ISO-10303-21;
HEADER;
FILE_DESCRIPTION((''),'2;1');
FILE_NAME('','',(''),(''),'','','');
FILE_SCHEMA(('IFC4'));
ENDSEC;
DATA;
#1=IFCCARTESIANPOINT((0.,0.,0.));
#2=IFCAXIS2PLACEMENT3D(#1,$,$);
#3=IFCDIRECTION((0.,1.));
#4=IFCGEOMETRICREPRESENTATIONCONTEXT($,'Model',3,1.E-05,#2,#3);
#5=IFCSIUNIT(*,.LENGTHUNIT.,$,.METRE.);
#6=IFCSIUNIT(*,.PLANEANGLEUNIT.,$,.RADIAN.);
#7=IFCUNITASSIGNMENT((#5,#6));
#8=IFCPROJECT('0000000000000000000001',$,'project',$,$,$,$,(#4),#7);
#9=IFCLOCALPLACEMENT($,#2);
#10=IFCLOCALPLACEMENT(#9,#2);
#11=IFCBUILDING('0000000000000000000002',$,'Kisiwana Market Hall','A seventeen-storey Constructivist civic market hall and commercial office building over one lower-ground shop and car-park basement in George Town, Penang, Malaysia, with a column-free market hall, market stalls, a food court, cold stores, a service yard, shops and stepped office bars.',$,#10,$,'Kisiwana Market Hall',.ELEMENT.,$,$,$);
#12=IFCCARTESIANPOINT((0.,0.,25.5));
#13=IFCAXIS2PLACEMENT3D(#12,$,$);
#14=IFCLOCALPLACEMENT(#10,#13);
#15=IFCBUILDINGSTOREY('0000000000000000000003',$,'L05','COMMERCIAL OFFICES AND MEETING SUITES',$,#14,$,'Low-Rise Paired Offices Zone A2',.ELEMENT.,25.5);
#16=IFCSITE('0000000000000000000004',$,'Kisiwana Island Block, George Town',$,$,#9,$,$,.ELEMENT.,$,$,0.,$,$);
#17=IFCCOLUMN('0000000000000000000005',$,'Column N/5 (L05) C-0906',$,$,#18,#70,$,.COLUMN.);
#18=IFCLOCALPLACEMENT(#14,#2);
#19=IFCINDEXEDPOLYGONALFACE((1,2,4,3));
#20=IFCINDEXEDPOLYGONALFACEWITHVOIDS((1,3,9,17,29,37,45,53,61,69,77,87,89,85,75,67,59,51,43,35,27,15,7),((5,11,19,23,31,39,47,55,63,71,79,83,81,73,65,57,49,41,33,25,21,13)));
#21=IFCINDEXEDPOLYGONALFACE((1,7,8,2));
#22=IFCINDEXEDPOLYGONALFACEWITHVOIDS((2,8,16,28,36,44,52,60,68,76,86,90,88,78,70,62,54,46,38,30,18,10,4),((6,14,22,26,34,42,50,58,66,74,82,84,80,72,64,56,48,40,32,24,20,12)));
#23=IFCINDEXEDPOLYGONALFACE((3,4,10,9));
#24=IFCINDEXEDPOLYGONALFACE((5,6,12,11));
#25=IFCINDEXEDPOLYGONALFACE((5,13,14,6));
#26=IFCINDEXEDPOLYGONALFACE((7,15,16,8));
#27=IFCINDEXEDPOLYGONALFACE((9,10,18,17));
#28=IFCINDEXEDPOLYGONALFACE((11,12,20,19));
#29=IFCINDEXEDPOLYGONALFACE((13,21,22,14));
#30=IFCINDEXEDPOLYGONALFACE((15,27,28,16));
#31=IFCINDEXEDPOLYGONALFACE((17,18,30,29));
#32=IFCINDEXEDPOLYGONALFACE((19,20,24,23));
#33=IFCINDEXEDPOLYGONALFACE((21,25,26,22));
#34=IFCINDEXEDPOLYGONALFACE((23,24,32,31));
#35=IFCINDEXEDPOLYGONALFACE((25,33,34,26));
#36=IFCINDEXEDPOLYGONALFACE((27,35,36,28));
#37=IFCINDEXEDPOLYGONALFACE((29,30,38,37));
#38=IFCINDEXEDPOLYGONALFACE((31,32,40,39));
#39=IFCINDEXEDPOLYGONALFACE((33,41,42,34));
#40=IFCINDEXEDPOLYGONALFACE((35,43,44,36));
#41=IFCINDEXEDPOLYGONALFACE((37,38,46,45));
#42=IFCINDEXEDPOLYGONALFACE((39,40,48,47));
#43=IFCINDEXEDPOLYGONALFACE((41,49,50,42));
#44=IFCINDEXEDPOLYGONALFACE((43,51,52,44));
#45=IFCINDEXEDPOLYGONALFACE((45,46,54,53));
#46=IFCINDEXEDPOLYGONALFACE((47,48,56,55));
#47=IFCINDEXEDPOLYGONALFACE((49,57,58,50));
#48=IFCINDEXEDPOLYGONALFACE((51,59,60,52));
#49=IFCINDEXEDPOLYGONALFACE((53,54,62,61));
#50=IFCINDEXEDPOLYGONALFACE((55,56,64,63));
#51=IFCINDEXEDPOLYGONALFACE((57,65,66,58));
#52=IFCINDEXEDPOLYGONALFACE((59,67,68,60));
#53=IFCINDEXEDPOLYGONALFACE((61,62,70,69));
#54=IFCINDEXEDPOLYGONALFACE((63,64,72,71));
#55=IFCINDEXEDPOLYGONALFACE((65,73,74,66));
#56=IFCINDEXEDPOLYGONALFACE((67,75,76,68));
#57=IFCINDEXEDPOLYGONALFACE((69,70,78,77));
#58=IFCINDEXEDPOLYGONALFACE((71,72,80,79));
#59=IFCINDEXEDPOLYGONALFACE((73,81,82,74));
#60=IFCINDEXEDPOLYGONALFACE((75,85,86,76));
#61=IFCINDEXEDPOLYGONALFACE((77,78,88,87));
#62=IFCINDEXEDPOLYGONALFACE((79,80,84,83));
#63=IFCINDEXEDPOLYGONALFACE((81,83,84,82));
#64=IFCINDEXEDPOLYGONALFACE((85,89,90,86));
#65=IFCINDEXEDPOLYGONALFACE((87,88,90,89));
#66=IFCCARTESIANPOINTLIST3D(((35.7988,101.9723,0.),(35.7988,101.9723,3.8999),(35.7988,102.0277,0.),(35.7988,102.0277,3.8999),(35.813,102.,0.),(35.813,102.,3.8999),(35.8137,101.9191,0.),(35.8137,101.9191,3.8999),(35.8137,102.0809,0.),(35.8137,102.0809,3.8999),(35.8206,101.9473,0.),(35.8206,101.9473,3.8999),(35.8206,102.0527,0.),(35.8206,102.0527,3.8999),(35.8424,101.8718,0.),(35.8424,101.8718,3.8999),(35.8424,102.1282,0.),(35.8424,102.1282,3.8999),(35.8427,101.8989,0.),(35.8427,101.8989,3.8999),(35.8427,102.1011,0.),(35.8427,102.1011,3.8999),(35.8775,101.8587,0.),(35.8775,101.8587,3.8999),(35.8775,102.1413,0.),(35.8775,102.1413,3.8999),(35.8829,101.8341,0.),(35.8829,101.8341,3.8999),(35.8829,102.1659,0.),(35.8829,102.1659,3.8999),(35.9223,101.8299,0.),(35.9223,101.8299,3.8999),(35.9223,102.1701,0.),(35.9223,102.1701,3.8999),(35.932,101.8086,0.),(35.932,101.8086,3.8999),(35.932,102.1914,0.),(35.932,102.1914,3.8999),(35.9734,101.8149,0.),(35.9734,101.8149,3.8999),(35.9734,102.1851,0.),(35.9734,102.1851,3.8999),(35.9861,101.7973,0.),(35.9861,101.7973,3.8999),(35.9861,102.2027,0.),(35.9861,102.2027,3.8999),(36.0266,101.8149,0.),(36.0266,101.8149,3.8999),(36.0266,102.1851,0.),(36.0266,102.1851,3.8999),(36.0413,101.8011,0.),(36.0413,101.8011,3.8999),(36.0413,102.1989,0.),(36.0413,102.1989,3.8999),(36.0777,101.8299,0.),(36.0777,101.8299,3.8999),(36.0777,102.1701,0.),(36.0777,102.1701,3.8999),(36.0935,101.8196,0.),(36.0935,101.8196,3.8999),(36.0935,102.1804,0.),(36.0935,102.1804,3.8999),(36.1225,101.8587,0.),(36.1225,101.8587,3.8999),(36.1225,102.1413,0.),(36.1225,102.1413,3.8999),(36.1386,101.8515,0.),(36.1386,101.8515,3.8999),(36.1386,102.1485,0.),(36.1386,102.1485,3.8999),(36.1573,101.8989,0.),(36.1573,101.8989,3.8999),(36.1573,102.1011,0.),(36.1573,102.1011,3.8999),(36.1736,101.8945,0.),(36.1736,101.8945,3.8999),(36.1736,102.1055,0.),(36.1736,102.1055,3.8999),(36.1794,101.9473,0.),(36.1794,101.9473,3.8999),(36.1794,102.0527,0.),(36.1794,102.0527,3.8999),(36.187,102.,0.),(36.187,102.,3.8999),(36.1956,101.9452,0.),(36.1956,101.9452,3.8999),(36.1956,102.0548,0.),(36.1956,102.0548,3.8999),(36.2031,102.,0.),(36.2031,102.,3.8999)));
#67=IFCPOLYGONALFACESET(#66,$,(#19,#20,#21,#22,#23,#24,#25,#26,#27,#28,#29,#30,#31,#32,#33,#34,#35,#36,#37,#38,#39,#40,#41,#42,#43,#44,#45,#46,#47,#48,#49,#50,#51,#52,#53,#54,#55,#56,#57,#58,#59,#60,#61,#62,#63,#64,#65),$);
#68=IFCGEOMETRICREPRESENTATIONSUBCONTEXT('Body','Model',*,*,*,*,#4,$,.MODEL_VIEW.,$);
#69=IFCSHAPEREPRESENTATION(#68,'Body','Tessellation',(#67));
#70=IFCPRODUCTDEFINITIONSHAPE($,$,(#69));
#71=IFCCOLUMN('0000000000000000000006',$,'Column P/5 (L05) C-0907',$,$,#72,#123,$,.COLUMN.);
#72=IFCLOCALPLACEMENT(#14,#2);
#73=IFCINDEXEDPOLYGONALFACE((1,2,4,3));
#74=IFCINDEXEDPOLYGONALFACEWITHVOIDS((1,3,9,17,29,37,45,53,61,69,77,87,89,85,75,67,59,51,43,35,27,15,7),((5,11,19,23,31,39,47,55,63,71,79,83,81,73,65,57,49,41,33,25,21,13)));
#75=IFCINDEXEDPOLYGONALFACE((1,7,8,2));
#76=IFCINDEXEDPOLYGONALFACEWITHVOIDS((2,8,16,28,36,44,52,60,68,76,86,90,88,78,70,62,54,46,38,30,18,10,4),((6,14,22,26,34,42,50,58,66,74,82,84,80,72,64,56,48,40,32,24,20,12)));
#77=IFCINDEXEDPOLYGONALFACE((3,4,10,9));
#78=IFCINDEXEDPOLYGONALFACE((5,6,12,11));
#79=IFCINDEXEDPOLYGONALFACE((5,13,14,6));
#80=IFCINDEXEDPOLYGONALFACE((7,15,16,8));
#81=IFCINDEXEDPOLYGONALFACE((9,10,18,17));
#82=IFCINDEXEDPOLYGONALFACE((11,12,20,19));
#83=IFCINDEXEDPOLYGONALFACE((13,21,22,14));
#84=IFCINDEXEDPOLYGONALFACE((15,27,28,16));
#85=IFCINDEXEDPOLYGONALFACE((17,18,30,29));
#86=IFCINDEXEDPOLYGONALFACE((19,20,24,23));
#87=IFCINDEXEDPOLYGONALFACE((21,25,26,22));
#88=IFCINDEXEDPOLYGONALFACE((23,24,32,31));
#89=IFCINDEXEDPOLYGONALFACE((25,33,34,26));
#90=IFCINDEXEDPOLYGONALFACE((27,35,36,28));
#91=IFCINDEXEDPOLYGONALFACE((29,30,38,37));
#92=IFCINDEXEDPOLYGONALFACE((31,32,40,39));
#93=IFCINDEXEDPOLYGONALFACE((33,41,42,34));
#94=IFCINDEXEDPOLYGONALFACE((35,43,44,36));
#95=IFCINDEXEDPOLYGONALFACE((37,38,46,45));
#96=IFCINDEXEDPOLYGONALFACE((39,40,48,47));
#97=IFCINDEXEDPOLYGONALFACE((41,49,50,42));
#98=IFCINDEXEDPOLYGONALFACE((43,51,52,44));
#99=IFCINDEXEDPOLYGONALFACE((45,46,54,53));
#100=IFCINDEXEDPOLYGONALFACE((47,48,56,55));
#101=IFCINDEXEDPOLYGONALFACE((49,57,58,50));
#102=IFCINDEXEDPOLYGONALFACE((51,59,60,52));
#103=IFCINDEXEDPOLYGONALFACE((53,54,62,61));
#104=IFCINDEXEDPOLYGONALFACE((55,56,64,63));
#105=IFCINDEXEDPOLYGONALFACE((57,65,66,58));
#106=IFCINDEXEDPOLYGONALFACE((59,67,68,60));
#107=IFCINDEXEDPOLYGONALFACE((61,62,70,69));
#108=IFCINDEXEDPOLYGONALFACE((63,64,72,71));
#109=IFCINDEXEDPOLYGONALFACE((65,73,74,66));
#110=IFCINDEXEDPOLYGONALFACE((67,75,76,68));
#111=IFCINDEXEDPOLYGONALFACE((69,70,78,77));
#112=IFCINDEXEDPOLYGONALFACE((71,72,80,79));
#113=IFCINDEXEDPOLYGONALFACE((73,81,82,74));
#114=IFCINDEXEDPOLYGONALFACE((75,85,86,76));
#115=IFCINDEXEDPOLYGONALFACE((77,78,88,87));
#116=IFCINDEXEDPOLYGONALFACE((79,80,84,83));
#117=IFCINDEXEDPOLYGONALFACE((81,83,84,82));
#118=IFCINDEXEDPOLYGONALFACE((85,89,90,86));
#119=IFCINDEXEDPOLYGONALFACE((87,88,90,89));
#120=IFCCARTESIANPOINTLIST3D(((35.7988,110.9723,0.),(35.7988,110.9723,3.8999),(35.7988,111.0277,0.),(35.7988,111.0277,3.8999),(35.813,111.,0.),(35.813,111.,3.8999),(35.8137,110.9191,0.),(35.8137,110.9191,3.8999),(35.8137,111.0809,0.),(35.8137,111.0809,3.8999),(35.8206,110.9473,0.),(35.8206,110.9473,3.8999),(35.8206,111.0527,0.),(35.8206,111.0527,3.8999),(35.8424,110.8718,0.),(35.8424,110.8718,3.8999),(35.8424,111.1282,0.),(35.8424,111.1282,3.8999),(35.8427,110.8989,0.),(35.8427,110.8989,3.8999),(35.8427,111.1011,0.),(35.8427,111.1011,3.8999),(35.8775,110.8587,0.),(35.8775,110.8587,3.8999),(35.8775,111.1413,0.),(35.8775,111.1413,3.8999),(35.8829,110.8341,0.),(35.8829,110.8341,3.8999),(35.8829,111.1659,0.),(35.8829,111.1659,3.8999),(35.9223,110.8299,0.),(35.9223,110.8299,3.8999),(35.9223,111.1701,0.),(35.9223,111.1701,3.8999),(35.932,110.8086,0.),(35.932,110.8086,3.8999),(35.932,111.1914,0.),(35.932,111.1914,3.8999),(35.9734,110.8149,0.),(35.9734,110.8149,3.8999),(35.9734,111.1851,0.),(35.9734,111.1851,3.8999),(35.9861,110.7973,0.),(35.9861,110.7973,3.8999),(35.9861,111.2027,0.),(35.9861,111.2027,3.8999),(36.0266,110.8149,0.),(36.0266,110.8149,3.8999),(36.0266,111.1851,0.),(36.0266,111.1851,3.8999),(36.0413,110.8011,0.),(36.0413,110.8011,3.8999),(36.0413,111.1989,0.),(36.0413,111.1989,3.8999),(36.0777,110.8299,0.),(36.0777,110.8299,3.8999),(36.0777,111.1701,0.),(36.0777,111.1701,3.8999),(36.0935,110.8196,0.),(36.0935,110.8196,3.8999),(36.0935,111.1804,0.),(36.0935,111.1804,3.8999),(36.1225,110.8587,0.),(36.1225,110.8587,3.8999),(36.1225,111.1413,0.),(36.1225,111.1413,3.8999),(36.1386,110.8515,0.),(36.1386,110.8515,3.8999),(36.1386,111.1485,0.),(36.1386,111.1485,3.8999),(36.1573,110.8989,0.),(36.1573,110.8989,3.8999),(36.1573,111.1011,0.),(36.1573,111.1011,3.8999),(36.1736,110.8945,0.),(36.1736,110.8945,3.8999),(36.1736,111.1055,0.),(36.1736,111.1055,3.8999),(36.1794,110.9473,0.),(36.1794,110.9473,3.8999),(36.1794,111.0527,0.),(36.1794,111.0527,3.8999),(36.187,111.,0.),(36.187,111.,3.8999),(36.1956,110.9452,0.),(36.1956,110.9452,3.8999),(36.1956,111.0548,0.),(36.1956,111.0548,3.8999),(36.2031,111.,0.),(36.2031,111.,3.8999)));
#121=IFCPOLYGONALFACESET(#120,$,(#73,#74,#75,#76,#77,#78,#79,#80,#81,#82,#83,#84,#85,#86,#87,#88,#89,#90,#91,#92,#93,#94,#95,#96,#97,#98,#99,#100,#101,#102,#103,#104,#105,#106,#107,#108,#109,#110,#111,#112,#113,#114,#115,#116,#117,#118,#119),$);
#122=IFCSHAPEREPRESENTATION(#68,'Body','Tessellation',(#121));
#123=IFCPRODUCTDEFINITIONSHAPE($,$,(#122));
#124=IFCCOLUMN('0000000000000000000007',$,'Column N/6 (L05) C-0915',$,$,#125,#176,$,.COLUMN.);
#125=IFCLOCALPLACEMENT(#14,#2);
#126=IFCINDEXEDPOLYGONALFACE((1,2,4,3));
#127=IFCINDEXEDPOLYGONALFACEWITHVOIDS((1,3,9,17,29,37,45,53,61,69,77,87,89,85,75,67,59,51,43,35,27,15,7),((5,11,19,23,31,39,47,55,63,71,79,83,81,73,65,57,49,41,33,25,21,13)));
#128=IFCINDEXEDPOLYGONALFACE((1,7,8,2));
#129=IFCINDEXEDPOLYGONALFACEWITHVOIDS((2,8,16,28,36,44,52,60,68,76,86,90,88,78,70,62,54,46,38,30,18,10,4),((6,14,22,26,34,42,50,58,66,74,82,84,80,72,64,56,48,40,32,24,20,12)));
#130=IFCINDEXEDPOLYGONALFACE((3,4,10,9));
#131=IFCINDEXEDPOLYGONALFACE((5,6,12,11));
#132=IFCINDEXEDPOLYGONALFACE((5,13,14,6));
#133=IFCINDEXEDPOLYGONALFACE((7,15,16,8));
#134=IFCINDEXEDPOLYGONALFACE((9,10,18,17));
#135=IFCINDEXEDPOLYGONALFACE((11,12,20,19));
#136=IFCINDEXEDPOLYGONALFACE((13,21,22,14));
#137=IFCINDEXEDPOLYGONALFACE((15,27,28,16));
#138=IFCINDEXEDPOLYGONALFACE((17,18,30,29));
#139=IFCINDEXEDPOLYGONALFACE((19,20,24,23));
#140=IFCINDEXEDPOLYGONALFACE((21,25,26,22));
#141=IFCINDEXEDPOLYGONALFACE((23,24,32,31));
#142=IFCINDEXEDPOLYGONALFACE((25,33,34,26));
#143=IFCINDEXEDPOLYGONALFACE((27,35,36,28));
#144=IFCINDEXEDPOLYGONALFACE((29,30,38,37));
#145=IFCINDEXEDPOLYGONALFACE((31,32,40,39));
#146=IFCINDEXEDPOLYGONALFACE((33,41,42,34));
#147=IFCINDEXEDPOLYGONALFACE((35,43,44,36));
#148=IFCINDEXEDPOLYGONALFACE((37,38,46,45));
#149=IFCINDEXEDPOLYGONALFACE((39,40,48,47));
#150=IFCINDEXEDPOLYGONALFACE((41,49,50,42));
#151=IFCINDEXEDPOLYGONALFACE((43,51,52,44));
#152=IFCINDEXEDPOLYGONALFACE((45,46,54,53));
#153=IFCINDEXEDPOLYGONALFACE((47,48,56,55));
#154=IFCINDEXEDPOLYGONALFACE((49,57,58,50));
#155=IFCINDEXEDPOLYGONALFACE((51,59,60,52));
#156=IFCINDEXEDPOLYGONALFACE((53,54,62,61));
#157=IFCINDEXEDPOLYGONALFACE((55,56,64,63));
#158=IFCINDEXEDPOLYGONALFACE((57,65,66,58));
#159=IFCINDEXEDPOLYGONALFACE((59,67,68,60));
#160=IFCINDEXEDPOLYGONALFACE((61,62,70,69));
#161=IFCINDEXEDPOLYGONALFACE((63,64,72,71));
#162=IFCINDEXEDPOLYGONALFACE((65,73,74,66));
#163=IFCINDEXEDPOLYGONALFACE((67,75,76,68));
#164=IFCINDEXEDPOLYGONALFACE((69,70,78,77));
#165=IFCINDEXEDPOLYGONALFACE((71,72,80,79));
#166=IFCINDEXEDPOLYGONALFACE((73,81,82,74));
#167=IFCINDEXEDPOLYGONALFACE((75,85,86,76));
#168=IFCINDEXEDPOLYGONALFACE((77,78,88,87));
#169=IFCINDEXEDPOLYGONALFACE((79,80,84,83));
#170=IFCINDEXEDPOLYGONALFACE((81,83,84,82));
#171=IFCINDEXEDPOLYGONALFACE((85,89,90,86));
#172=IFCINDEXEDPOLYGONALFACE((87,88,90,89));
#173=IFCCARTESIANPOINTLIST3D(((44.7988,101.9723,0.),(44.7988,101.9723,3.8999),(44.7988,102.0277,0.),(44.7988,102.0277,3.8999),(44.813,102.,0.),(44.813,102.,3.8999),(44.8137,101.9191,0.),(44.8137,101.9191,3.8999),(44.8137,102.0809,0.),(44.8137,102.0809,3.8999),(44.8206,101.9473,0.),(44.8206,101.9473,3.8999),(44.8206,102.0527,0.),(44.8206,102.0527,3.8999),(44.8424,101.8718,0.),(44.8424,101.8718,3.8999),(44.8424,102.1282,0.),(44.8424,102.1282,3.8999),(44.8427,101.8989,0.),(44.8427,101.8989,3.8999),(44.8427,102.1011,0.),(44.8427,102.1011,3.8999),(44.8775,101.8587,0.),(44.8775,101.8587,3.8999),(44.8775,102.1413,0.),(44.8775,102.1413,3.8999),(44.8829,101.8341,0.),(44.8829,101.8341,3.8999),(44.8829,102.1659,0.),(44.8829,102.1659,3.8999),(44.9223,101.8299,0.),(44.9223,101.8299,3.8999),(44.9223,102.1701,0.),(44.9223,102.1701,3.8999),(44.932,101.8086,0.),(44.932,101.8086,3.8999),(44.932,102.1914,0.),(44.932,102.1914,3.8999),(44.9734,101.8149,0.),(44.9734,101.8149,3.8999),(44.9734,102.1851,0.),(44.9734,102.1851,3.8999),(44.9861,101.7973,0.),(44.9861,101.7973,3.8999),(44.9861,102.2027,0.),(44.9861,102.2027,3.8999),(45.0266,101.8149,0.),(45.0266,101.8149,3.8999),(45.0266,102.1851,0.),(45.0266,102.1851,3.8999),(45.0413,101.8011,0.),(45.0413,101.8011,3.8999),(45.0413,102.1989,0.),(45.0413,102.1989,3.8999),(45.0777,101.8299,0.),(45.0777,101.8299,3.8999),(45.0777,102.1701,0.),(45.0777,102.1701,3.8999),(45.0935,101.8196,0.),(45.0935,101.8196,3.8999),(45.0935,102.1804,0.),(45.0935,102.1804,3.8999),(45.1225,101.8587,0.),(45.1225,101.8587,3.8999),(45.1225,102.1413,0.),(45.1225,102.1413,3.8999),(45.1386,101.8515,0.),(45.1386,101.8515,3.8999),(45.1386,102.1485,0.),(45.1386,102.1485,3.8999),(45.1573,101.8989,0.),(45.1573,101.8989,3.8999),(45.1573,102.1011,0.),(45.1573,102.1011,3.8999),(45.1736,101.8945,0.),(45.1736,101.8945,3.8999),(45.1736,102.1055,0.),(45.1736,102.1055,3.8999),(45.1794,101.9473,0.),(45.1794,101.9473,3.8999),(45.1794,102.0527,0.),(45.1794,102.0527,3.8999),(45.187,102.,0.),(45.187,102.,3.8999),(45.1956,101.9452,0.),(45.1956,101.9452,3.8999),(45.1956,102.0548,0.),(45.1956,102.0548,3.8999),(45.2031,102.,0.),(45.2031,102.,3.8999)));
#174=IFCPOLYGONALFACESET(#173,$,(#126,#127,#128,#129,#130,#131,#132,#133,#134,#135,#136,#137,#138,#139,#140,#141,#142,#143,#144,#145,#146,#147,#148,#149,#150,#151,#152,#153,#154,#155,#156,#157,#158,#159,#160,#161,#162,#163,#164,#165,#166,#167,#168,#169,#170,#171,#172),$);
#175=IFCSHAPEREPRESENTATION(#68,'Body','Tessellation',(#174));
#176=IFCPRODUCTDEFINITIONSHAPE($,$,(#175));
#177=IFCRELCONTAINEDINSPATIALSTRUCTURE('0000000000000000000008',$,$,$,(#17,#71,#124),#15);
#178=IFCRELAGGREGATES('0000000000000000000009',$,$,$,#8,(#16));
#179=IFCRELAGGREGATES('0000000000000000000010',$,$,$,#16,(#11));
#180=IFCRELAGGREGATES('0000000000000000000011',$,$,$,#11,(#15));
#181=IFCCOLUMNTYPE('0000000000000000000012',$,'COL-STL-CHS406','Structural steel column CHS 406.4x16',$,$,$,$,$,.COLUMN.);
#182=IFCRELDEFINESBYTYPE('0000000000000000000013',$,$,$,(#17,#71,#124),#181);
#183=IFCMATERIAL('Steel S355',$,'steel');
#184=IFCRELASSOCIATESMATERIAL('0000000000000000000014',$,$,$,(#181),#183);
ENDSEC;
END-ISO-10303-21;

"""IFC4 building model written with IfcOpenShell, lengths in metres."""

from ifc_helpers import new_model, si_unit, direction, frame, origin, origin_2d, place, context, subcontext, project, spatial, hollow_circle, extrude, material, material_profile, profile_set, type_object, element, save


model = new_model("IFC4")

# Units and contexts
model_context = context("Model", 3, precision=1e-05, world=origin(), true_north=direction((0.0, 1.0)))
body_context = subcontext(model_context, "Body", "Model", "MODEL_VIEW")
ifc_project = project(units=[si_unit("LENGTHUNIT", "METRE"), si_unit("PLANEANGLEUNIT", "RADIAN")], contexts=[model_context])

# Site, building, storey
site_placement = place(None, origin())
site = spatial("IfcSite", under=ifc_project, at=site_placement, Name="Kisiwana Island Block, George Town", CompositionType="ELEMENT", RefElevation=0.0)
building_placement = place(site_placement, origin())
building = spatial("IfcBuilding", under=site, at=building_placement, Name="Kisiwana Market Hall", Description="A seventeen-storey Constructivist civic market hall and commercial office building over one lower-ground shop and car-park basement in George Town, Penang, Malaysia, with a column-free market hall, market stalls, a food court, cold stores, a service yard, shops and stepped office bars.", LongName="Kisiwana Market Hall", CompositionType="ELEMENT")
storey_placement = place(building_placement, frame((0.0, 0.0, 25.5)))
storey = spatial("IfcBuildingStorey", under=building, at=storey_placement, Name="L05", Description="COMMERCIAL OFFICES AND MEETING SUITES", LongName="Low-Rise Paired Offices Zone A2", CompositionType="ELEMENT", Elevation=25.5)

# Columns
ifc_material_1 = material(Name="Steel S355", Category="steel")
ifc_material_profile_1 = material_profile(ifc_material_1, hollow_circle(Radius=0.2031, WallThickness=0.0161, at=origin_2d()), Name="CHS 406.4x16")
ifc_profile_set_1 = profile_set([ifc_material_profile_1], Name="Steel S355")
column_type = type_object("IfcColumnType", Name="COL-STL-CHS406", Description="Structural steel column CHS 406.4x16", PredefinedType="COLUMN", material=ifc_profile_set_1)
for number, where, z_axis, x_axis, name in (
    (1, (36.0, 102.0, 0.0), (0.0, 0.0, 1.0), (1.0, 0.0, 0.0), "Column N/5 (L05) C-0906"),
    (2, (36.0, 111.0, 0.0), (0.0, 0.0, 1.0), (1.0, 0.0, 0.0), "Column P/5 (L05) C-0907"),
    (3, (45.0, 102.0, 0.0), (0.0, 0.0, 1.0), (1.0, 0.0, 0.0), "Column N/6 (L05) C-0915"),
):
    element("IfcColumn", number, at=place(storey_placement, frame(where, z_axis=z_axis, x_axis=x_axis)), inside=storey, type_object=column_type, Name=name, PredefinedType="COLUMN", context=body_context, shape_type="SweptSolid", body=[
        extrude(hollow_circle(Radius=0.2031, WallThickness=0.0161, at=origin_2d()), origin(), (0.0, 0.0, 1.0), 3.8999),
    ])

save(model, "model.ifc")
